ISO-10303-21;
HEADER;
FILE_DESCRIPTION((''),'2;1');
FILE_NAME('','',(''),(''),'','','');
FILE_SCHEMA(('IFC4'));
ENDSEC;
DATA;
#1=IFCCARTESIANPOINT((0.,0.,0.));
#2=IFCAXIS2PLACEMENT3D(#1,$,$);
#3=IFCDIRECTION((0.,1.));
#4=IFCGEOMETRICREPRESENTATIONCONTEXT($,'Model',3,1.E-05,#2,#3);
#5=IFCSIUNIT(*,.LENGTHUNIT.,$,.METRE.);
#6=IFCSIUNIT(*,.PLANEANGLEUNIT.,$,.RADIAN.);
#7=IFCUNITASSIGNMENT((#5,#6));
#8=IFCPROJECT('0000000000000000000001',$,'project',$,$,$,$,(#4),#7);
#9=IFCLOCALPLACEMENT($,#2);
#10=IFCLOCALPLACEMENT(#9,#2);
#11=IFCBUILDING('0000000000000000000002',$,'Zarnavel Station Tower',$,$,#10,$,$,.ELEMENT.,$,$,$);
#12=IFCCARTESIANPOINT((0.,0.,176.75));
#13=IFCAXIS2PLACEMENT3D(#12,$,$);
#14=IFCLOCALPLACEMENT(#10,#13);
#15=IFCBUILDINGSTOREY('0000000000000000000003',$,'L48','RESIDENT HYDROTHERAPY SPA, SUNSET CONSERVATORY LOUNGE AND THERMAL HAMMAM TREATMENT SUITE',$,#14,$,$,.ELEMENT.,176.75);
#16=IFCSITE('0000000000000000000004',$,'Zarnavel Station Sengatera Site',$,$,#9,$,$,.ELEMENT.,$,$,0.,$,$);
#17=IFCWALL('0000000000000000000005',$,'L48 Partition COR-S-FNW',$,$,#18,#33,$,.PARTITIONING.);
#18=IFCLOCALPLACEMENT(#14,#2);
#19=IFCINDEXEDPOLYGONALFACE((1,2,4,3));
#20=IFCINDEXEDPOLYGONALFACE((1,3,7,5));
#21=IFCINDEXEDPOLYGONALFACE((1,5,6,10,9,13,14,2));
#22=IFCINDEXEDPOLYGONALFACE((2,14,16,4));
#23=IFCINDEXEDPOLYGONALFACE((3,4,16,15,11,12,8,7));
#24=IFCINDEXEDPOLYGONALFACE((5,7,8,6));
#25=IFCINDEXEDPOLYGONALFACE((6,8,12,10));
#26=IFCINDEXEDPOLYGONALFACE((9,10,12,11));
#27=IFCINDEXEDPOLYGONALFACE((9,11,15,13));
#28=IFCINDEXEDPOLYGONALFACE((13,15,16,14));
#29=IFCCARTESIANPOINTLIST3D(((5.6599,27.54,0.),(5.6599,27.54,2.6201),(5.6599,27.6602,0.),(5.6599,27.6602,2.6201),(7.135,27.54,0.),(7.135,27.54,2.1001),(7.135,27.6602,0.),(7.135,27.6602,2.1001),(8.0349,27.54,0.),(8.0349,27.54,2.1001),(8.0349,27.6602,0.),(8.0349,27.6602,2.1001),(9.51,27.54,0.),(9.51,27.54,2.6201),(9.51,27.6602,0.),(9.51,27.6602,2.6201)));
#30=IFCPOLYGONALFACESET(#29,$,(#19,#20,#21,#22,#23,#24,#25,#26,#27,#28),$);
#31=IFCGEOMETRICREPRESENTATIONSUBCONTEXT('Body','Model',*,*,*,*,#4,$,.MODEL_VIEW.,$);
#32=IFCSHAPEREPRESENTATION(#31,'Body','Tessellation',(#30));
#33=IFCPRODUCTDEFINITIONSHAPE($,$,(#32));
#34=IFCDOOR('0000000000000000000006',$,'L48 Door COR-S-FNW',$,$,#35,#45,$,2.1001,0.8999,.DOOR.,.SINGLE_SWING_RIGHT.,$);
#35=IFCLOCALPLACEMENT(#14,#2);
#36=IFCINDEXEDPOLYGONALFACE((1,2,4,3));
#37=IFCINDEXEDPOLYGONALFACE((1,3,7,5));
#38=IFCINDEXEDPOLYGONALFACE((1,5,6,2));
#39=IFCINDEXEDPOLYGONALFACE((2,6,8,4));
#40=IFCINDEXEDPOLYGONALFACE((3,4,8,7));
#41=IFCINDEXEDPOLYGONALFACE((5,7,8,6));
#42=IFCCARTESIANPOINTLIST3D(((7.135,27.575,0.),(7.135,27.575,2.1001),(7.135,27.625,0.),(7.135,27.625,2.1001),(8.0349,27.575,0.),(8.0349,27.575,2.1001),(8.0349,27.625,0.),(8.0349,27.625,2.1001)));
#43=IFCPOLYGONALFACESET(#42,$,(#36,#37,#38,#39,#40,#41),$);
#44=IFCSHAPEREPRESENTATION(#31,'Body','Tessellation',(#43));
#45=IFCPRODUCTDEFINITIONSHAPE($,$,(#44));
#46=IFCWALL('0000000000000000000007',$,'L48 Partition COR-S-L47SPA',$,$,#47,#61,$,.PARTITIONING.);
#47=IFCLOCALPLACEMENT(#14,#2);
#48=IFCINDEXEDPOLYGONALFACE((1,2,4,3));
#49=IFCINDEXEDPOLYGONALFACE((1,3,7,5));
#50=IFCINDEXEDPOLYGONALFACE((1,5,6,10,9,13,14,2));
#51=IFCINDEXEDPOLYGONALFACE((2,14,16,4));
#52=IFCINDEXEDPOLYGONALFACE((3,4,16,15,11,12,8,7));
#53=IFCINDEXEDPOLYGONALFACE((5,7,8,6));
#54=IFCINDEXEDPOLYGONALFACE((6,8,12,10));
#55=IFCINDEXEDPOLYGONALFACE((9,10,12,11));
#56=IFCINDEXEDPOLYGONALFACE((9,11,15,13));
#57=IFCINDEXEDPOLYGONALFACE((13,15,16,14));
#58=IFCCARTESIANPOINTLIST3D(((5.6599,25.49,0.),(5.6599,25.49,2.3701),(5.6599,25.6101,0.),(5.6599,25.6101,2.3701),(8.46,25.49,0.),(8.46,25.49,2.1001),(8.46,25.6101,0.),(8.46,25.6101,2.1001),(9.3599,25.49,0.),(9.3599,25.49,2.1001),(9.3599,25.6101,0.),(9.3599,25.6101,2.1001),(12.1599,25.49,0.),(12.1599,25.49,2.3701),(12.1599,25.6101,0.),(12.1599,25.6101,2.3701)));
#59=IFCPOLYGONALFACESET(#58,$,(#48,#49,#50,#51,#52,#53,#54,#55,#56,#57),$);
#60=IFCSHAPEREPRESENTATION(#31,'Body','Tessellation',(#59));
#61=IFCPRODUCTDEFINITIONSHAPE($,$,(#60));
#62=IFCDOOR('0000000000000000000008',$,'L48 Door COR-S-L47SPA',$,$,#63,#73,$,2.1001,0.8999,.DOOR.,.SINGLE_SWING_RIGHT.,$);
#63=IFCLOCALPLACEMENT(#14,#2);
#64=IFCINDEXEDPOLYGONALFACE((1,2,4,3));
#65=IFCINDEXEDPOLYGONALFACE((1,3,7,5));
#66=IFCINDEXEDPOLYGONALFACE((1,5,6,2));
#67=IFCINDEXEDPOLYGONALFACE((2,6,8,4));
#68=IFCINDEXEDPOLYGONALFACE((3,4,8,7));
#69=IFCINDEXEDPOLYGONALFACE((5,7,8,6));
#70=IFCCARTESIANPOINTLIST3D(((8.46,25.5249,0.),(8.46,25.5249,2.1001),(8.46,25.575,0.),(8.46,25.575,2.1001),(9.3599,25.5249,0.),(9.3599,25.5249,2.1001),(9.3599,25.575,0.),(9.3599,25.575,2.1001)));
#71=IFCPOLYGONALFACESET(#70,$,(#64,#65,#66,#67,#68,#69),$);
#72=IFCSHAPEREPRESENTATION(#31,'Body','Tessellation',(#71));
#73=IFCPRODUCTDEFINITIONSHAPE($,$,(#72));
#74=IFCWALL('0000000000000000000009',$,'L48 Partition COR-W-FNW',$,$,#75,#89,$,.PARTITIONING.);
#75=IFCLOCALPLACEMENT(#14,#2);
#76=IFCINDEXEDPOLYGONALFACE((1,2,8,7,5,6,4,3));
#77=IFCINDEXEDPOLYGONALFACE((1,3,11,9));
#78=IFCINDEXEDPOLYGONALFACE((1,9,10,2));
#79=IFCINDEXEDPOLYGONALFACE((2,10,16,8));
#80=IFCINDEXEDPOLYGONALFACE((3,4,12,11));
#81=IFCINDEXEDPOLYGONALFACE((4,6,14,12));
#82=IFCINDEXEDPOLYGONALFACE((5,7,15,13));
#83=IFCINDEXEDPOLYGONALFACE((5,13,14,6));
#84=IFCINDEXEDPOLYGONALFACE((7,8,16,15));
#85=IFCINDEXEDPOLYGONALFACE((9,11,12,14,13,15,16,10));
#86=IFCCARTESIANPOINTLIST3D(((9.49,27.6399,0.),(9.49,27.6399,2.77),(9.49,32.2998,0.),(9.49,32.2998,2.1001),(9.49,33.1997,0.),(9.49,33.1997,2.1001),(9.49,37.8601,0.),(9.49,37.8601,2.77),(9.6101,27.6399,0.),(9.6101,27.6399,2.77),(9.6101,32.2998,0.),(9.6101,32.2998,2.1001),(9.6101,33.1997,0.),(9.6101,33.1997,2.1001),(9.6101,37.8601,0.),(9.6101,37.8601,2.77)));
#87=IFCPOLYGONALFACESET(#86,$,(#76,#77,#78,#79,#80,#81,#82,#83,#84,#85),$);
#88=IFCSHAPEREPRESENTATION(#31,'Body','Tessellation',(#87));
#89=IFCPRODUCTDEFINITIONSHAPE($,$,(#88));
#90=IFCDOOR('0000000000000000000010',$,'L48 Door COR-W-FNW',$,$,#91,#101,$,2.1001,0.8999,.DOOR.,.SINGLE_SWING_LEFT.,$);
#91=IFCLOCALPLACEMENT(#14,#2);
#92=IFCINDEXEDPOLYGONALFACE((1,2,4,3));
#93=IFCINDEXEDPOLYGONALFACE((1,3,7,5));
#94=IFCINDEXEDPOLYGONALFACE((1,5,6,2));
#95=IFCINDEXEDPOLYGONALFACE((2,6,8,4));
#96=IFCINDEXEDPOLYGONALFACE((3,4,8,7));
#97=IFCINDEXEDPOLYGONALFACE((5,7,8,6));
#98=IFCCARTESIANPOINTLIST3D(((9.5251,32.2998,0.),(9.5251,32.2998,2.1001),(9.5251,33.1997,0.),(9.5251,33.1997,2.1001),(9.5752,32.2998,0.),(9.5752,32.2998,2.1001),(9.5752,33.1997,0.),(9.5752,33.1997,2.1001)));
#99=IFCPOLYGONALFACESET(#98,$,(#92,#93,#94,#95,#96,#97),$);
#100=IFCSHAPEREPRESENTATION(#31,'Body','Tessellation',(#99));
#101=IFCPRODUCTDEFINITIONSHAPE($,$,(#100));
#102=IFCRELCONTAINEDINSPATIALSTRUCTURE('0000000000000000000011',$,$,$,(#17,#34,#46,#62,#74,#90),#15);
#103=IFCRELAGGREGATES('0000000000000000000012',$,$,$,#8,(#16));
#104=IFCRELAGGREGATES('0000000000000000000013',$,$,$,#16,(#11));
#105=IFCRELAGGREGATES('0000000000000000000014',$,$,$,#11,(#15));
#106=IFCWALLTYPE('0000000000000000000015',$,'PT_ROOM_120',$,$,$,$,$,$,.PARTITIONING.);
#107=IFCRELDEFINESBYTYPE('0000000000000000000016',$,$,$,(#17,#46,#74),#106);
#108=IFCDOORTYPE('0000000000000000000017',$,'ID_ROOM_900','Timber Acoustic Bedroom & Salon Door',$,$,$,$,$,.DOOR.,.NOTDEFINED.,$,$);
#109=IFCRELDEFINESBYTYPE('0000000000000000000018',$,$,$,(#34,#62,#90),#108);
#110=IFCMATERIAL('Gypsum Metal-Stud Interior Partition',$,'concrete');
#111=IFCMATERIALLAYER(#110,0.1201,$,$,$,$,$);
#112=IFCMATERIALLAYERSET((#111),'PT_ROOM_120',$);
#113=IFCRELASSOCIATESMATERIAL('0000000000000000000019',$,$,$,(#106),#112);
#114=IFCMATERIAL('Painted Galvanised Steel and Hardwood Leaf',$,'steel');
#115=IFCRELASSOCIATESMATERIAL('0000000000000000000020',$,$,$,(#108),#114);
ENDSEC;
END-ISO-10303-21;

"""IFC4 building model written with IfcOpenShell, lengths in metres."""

from ifc_helpers import new_model, si_unit, direction, frame, frame_2d, origin, place, context, subcontext, project, spatial, rectangle, extrude, material, layer, layer_set, type_object, element, fill, save


model = new_model("IFC4")

# Units and contexts
model_context = context("Model", 3, precision=1e-05, world=origin(), true_north=direction((0.0, 1.0)))
body_context = subcontext(model_context, "Body", "Model", "MODEL_VIEW")
ifc_project = project(units=[si_unit("LENGTHUNIT", "METRE"), si_unit("PLANEANGLEUNIT", "RADIAN")], contexts=[model_context])

# Site, building, storey
site_placement = place(None, origin())
site = spatial("IfcSite", under=ifc_project, at=site_placement, Name="Zarnavel Station Sengatera Site", CompositionType="ELEMENT", RefElevation=0.0)
building_placement = place(site_placement, origin())
building = spatial("IfcBuilding", under=site, at=building_placement, Name="Zarnavel Station Tower", CompositionType="ELEMENT")
storey_placement = place(building_placement, frame((0.0, 0.0, 176.75)))
storey = spatial("IfcBuildingStorey", under=building, at=storey_placement, Name="L48", Description="RESIDENT HYDROTHERAPY SPA, SUNSET CONSERVATORY LOUNGE AND THERMAL HAMMAM TREATMENT SUITE", CompositionType="ELEMENT", Elevation=176.75)

# Walls, openings, doors
ifc_material_1 = material(Name="Gypsum Metal-Stud Interior Partition", Category="concrete")
ifc_layer_1 = layer(ifc_material_1, 0.1201)
ifc_layer_set_1 = layer_set([ifc_layer_1], Name="PT_ROOM_120")
wall_type_1 = type_object("IfcWallType", Name="PT_ROOM_120", PredefinedType="PARTITIONING", material=ifc_layer_set_1)
wall_1_placement = place(storey_placement, frame((5.6599, 27.6001, 0.0), z_axis=(0.0, 0.0, 1.0), x_axis=(1.0, 0.0, 0.0)))
wall_1 = element("IfcWall", 1, at=wall_1_placement, inside=storey, type_object=wall_type_1, Name="L48 Partition COR-S-FNW", PredefinedType="PARTITIONING", context=body_context, shape_type="SweptSolid", body=[
    extrude(rectangle(XDim=3.8501, YDim=0.1201, at=frame_2d((1.925, 0.0))), origin(), (0.0, 0.0, 1.0), 2.6201),
])
opening_1_placement = place(wall_1_placement, frame((1.4751, 0.0, 0.0)))
opening_1 = element("IfcOpeningElement", 2, at=opening_1_placement, cuts=wall_1, PredefinedType="OPENING", context=body_context, shape_type="SweptSolid", body=[
    extrude(rectangle(XDim=0.8999, YDim=2.1001, at=frame_2d((0.45, 1.05))), frame((0.0, 0.0701, 0.0), z_axis=(0.0, -1.0, 0.0), x_axis=(1.0, 0.0, 0.0)), (0.0, 0.0, 1.0), 0.1401),
])
ifc_material_2 = material(Name="Painted Galvanised Steel and Hardwood Leaf", Category="steel")
door_type_1 = type_object("IfcDoorType", Name="ID_ROOM_900", Description="Timber Acoustic Bedroom & Salon Door", OperationType="NOTDEFINED", PredefinedType="DOOR", material=ifc_material_2)
door_1_placement = place(opening_1_placement, origin())
door_1 = element("IfcDoor", 3, at=door_1_placement, inside=storey, type_object=door_type_1, Name="L48 Door COR-S-FNW", OperationType="SINGLE_SWING_RIGHT", OverallHeight=2.1001, OverallWidth=0.8999, PredefinedType="DOOR", context=body_context, shape_type="SweptSolid", body=[
    extrude(rectangle(XDim=0.8999, YDim=2.1001, at=frame_2d((0.45, 1.05))), frame((0.0, 0.0249, 0.0), z_axis=(0.0, -1.0, 0.0), x_axis=(1.0, 0.0, 0.0)), (0.0, 0.0, 1.0), 0.05),
])
fill(opening_1, door_1)
wall_2_placement = place(storey_placement, frame((5.6599, 25.55, 0.0), z_axis=(0.0, 0.0, 1.0), x_axis=(1.0, 0.0, 0.0)))
wall_2 = element("IfcWall", 4, at=wall_2_placement, inside=storey, type_object=wall_type_1, Name="L48 Partition COR-S-L47SPA", PredefinedType="PARTITIONING", context=body_context, shape_type="SweptSolid", body=[
    extrude(rectangle(XDim=6.5, YDim=0.1201, at=frame_2d((3.25, 0.0))), origin(), (0.0, 0.0, 1.0), 2.3701),
])
opening_2_placement = place(wall_2_placement, frame((2.8, 0.0, 0.0)))
opening_2 = element("IfcOpeningElement", 5, at=opening_2_placement, cuts=wall_2, PredefinedType="OPENING", context=body_context, shape_type="SweptSolid", body=[
    extrude(rectangle(XDim=0.8999, YDim=2.1001, at=frame_2d((0.45, 1.05))), frame((0.0, 0.0701, 0.0), z_axis=(0.0, -1.0, 0.0), x_axis=(1.0, 0.0, 0.0)), (0.0, 0.0, 1.0), 0.1401),
])
door_2_placement = place(opening_2_placement, origin())
door_2 = element("IfcDoor", 6, at=door_2_placement, inside=storey, type_object=door_type_1, Name="L48 Door COR-S-L47SPA", OperationType="SINGLE_SWING_RIGHT", OverallHeight=2.1001, OverallWidth=0.8999, PredefinedType="DOOR", context=body_context, shape_type="SweptSolid", body=[
    extrude(rectangle(XDim=0.8999, YDim=2.1001, at=frame_2d((0.45, 1.05))), frame((0.0, 0.0249, 0.0), z_axis=(0.0, -1.0, 0.0), x_axis=(1.0, 0.0, 0.0)), (0.0, 0.0, 1.0), 0.05),
])
fill(opening_2, door_2)
wall_3_placement = place(storey_placement, frame((9.55, 27.6399, 0.0), z_axis=(0.0, 0.0, 1.0), x_axis=(0.0, 1.0, 0.0)))
wall_3 = element("IfcWall", 7, at=wall_3_placement, inside=storey, type_object=wall_type_1, Name="L48 Partition COR-W-FNW", PredefinedType="PARTITIONING", context=body_context, shape_type="SweptSolid", body=[
    extrude(rectangle(XDim=10.2202, YDim=0.1201, at=frame_2d((5.1101, 0.0))), origin(), (0.0, 0.0, 1.0), 2.77),
])
opening_3_placement = place(wall_3_placement, frame((4.6599, 0.0, 0.0)))
opening_3 = element("IfcOpeningElement", 8, at=opening_3_placement, cuts=wall_3, PredefinedType="OPENING", context=body_context, shape_type="SweptSolid", body=[
    extrude(rectangle(XDim=0.8999, YDim=2.1001, at=frame_2d((0.45, 1.05))), frame((0.0, 0.0701, 0.0), z_axis=(0.0, -1.0, 0.0), x_axis=(1.0, 0.0, 0.0)), (0.0, 0.0, 1.0), 0.1401),
])
door_3_placement = place(opening_3_placement, origin())
door_3 = element("IfcDoor", 9, at=door_3_placement, inside=storey, type_object=door_type_1, Name="L48 Door COR-W-FNW", OperationType="SINGLE_SWING_LEFT", OverallHeight=2.1001, OverallWidth=0.8999, PredefinedType="DOOR", context=body_context, shape_type="SweptSolid", body=[
    extrude(rectangle(XDim=0.8999, YDim=2.1001, at=frame_2d((0.45, 1.05))), frame((0.0, 0.0249, 0.0), z_axis=(0.0, -1.0, 0.0), x_axis=(1.0, 0.0, 0.0)), (0.0, 0.0, 1.0), 0.05),
])
fill(opening_3, door_3)

save(model, "model.ifc")
